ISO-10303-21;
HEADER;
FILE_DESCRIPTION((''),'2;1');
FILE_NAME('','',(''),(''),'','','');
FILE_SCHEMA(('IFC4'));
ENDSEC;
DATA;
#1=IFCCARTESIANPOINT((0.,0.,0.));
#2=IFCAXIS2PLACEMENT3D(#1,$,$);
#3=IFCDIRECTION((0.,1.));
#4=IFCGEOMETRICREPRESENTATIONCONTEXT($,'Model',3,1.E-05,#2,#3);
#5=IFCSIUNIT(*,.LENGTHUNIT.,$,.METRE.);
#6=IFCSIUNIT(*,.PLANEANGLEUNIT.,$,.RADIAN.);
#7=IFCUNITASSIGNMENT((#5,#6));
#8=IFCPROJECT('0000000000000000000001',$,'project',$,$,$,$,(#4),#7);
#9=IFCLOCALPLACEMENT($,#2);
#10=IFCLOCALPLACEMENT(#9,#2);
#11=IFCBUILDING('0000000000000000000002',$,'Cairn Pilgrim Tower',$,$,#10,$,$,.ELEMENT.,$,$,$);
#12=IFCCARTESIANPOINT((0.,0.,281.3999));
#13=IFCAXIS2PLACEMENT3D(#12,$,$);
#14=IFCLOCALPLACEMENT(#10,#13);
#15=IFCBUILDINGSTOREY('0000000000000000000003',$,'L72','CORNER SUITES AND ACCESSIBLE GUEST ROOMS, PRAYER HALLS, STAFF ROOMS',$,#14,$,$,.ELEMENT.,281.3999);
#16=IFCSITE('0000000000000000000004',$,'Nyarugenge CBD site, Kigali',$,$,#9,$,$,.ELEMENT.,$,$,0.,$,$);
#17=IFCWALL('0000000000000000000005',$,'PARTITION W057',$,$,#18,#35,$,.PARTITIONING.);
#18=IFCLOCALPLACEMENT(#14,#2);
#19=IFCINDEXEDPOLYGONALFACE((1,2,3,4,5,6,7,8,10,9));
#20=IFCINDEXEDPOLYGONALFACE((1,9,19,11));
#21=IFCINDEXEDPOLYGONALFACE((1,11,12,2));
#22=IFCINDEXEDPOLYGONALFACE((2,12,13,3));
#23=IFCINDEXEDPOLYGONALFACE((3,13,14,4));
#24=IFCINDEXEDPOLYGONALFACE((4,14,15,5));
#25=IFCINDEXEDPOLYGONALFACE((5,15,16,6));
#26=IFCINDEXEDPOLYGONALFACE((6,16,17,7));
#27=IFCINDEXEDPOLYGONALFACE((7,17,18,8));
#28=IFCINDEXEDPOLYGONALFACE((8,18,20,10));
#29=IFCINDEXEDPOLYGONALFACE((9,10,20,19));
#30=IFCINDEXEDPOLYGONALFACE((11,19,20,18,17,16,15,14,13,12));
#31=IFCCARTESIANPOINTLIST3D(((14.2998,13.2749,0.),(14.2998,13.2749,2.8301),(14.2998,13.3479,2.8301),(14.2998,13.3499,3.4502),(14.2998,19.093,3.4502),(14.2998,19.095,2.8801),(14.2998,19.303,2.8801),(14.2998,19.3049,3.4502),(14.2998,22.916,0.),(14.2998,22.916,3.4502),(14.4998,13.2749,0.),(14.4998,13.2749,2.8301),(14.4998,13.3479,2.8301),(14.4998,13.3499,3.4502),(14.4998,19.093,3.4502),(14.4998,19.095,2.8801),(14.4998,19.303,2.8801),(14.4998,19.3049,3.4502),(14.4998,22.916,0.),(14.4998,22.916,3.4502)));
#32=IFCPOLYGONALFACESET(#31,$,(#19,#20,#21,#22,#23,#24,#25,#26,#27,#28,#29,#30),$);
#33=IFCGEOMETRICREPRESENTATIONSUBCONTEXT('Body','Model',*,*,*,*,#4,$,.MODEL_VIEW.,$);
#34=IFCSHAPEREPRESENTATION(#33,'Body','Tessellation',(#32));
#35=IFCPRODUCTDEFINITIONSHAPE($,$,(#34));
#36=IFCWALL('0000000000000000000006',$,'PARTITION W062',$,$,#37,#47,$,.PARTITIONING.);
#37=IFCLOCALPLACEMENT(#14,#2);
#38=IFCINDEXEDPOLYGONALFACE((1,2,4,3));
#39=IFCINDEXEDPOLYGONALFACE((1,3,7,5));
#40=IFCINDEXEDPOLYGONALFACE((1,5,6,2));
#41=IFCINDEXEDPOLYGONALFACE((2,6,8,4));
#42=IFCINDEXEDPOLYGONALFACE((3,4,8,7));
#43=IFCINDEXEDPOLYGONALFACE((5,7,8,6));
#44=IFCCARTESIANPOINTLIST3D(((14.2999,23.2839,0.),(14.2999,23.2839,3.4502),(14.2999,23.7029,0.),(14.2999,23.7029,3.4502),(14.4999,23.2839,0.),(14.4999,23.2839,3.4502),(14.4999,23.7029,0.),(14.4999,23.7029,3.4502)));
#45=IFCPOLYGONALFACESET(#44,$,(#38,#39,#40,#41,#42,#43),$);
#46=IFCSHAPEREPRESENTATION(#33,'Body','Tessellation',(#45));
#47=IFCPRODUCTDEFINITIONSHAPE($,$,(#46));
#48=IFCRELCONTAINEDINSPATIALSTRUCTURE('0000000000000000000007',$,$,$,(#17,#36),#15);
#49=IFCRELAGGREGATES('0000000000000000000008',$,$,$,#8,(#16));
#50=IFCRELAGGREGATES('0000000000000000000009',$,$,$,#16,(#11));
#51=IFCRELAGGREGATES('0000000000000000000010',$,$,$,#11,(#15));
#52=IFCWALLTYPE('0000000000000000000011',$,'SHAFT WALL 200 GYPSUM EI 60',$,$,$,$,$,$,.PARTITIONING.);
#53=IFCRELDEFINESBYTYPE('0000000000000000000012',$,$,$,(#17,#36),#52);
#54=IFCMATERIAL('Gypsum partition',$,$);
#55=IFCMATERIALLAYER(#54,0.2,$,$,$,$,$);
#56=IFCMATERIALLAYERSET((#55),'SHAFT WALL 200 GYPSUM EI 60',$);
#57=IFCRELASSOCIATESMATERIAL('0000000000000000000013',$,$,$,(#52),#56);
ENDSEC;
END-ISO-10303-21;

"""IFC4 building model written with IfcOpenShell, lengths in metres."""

from ifc_helpers import new_model, si_unit, direction, frame, frame_2d, origin, place, context, subcontext, project, spatial, polyline, rectangle, outline, extrude, material, layer, layer_set, type_object, element, save


model = new_model("IFC4")

# Units and contexts
model_context = context("Model", 3, precision=1e-05, world=origin(), true_north=direction((0.0, 1.0)))
body_context = subcontext(model_context, "Body", "Model", "MODEL_VIEW")
ifc_project = project(units=[si_unit("LENGTHUNIT", "METRE"), si_unit("PLANEANGLEUNIT", "RADIAN")], contexts=[model_context])

# Site, building, storey
site_placement = place(None, origin())
site = spatial("IfcSite", under=ifc_project, at=site_placement, Name="Nyarugenge CBD site, Kigali", CompositionType="ELEMENT", RefElevation=0.0)
building_placement = place(site_placement, origin())
building = spatial("IfcBuilding", under=site, at=building_placement, Name="Cairn Pilgrim Tower", CompositionType="ELEMENT")
storey_placement = place(building_placement, frame((0.0, 0.0, 281.3999)))
storey = spatial("IfcBuildingStorey", under=building, at=storey_placement, Name="L72", Description="CORNER SUITES AND ACCESSIBLE GUEST ROOMS, PRAYER HALLS, STAFF ROOMS", CompositionType="ELEMENT", Elevation=281.3999)

# Shared definitions
ifc_material_1 = material(Name="Gypsum partition")

# Walls
ifc_layer_1 = layer(ifc_material_1, 0.2)
ifc_layer_set_1 = layer_set([ifc_layer_1], Name="SHAFT WALL 200 GYPSUM EI 60")
wall_type_1 = type_object("IfcWallType", Name="SHAFT WALL 200 GYPSUM EI 60", PredefinedType="PARTITIONING", material=ifc_layer_set_1)
wall_1_placement = place(storey_placement, frame((14.3999, 13.2749, 0.0), z_axis=(0.0, 0.0, 1.0), x_axis=(0.0, 1.0, 0.0)))
element("IfcWall", 1, at=wall_1_placement, inside=storey, type_object=wall_type_1, Name="PARTITION W057", PredefinedType="PARTITIONING", context=body_context, shape_type="SweptSolid", body=[
    extrude(outline(polyline([(0.0, 0.0), (9.6411, 0.0), (9.6411, 3.4502), (6.03, 3.4502), (6.0281, 2.8801), (5.8201, 2.8801), (5.8181, 3.4502), (0.075, 3.4502), (0.073, 2.8301), (0.0, 2.8301), (0.0, 0.0)])), frame((0.0, 0.1001, 0.0), z_axis=(0.0, -1.0, 0.0), x_axis=(1.0, 0.0, 0.0)), (0.0, 0.0, 1.0), 0.2),
])
wall_2_placement = place(storey_placement, frame((14.3999, 23.2839, 0.0), z_axis=(0.0, 0.0, 1.0), x_axis=(0.0, 1.0, 0.0)))
element("IfcWall", 2, at=wall_2_placement, inside=storey, type_object=wall_type_1, Name="PARTITION W062", PredefinedType="PARTITIONING", context=body_context, shape_type="SweptSolid", body=[
    extrude(rectangle(XDim=0.4189, YDim=0.2, at=frame_2d((0.2095, 0.0))), origin(), (0.0, 0.0, 1.0), 3.4502),
])

save(model, "model.ifc")
